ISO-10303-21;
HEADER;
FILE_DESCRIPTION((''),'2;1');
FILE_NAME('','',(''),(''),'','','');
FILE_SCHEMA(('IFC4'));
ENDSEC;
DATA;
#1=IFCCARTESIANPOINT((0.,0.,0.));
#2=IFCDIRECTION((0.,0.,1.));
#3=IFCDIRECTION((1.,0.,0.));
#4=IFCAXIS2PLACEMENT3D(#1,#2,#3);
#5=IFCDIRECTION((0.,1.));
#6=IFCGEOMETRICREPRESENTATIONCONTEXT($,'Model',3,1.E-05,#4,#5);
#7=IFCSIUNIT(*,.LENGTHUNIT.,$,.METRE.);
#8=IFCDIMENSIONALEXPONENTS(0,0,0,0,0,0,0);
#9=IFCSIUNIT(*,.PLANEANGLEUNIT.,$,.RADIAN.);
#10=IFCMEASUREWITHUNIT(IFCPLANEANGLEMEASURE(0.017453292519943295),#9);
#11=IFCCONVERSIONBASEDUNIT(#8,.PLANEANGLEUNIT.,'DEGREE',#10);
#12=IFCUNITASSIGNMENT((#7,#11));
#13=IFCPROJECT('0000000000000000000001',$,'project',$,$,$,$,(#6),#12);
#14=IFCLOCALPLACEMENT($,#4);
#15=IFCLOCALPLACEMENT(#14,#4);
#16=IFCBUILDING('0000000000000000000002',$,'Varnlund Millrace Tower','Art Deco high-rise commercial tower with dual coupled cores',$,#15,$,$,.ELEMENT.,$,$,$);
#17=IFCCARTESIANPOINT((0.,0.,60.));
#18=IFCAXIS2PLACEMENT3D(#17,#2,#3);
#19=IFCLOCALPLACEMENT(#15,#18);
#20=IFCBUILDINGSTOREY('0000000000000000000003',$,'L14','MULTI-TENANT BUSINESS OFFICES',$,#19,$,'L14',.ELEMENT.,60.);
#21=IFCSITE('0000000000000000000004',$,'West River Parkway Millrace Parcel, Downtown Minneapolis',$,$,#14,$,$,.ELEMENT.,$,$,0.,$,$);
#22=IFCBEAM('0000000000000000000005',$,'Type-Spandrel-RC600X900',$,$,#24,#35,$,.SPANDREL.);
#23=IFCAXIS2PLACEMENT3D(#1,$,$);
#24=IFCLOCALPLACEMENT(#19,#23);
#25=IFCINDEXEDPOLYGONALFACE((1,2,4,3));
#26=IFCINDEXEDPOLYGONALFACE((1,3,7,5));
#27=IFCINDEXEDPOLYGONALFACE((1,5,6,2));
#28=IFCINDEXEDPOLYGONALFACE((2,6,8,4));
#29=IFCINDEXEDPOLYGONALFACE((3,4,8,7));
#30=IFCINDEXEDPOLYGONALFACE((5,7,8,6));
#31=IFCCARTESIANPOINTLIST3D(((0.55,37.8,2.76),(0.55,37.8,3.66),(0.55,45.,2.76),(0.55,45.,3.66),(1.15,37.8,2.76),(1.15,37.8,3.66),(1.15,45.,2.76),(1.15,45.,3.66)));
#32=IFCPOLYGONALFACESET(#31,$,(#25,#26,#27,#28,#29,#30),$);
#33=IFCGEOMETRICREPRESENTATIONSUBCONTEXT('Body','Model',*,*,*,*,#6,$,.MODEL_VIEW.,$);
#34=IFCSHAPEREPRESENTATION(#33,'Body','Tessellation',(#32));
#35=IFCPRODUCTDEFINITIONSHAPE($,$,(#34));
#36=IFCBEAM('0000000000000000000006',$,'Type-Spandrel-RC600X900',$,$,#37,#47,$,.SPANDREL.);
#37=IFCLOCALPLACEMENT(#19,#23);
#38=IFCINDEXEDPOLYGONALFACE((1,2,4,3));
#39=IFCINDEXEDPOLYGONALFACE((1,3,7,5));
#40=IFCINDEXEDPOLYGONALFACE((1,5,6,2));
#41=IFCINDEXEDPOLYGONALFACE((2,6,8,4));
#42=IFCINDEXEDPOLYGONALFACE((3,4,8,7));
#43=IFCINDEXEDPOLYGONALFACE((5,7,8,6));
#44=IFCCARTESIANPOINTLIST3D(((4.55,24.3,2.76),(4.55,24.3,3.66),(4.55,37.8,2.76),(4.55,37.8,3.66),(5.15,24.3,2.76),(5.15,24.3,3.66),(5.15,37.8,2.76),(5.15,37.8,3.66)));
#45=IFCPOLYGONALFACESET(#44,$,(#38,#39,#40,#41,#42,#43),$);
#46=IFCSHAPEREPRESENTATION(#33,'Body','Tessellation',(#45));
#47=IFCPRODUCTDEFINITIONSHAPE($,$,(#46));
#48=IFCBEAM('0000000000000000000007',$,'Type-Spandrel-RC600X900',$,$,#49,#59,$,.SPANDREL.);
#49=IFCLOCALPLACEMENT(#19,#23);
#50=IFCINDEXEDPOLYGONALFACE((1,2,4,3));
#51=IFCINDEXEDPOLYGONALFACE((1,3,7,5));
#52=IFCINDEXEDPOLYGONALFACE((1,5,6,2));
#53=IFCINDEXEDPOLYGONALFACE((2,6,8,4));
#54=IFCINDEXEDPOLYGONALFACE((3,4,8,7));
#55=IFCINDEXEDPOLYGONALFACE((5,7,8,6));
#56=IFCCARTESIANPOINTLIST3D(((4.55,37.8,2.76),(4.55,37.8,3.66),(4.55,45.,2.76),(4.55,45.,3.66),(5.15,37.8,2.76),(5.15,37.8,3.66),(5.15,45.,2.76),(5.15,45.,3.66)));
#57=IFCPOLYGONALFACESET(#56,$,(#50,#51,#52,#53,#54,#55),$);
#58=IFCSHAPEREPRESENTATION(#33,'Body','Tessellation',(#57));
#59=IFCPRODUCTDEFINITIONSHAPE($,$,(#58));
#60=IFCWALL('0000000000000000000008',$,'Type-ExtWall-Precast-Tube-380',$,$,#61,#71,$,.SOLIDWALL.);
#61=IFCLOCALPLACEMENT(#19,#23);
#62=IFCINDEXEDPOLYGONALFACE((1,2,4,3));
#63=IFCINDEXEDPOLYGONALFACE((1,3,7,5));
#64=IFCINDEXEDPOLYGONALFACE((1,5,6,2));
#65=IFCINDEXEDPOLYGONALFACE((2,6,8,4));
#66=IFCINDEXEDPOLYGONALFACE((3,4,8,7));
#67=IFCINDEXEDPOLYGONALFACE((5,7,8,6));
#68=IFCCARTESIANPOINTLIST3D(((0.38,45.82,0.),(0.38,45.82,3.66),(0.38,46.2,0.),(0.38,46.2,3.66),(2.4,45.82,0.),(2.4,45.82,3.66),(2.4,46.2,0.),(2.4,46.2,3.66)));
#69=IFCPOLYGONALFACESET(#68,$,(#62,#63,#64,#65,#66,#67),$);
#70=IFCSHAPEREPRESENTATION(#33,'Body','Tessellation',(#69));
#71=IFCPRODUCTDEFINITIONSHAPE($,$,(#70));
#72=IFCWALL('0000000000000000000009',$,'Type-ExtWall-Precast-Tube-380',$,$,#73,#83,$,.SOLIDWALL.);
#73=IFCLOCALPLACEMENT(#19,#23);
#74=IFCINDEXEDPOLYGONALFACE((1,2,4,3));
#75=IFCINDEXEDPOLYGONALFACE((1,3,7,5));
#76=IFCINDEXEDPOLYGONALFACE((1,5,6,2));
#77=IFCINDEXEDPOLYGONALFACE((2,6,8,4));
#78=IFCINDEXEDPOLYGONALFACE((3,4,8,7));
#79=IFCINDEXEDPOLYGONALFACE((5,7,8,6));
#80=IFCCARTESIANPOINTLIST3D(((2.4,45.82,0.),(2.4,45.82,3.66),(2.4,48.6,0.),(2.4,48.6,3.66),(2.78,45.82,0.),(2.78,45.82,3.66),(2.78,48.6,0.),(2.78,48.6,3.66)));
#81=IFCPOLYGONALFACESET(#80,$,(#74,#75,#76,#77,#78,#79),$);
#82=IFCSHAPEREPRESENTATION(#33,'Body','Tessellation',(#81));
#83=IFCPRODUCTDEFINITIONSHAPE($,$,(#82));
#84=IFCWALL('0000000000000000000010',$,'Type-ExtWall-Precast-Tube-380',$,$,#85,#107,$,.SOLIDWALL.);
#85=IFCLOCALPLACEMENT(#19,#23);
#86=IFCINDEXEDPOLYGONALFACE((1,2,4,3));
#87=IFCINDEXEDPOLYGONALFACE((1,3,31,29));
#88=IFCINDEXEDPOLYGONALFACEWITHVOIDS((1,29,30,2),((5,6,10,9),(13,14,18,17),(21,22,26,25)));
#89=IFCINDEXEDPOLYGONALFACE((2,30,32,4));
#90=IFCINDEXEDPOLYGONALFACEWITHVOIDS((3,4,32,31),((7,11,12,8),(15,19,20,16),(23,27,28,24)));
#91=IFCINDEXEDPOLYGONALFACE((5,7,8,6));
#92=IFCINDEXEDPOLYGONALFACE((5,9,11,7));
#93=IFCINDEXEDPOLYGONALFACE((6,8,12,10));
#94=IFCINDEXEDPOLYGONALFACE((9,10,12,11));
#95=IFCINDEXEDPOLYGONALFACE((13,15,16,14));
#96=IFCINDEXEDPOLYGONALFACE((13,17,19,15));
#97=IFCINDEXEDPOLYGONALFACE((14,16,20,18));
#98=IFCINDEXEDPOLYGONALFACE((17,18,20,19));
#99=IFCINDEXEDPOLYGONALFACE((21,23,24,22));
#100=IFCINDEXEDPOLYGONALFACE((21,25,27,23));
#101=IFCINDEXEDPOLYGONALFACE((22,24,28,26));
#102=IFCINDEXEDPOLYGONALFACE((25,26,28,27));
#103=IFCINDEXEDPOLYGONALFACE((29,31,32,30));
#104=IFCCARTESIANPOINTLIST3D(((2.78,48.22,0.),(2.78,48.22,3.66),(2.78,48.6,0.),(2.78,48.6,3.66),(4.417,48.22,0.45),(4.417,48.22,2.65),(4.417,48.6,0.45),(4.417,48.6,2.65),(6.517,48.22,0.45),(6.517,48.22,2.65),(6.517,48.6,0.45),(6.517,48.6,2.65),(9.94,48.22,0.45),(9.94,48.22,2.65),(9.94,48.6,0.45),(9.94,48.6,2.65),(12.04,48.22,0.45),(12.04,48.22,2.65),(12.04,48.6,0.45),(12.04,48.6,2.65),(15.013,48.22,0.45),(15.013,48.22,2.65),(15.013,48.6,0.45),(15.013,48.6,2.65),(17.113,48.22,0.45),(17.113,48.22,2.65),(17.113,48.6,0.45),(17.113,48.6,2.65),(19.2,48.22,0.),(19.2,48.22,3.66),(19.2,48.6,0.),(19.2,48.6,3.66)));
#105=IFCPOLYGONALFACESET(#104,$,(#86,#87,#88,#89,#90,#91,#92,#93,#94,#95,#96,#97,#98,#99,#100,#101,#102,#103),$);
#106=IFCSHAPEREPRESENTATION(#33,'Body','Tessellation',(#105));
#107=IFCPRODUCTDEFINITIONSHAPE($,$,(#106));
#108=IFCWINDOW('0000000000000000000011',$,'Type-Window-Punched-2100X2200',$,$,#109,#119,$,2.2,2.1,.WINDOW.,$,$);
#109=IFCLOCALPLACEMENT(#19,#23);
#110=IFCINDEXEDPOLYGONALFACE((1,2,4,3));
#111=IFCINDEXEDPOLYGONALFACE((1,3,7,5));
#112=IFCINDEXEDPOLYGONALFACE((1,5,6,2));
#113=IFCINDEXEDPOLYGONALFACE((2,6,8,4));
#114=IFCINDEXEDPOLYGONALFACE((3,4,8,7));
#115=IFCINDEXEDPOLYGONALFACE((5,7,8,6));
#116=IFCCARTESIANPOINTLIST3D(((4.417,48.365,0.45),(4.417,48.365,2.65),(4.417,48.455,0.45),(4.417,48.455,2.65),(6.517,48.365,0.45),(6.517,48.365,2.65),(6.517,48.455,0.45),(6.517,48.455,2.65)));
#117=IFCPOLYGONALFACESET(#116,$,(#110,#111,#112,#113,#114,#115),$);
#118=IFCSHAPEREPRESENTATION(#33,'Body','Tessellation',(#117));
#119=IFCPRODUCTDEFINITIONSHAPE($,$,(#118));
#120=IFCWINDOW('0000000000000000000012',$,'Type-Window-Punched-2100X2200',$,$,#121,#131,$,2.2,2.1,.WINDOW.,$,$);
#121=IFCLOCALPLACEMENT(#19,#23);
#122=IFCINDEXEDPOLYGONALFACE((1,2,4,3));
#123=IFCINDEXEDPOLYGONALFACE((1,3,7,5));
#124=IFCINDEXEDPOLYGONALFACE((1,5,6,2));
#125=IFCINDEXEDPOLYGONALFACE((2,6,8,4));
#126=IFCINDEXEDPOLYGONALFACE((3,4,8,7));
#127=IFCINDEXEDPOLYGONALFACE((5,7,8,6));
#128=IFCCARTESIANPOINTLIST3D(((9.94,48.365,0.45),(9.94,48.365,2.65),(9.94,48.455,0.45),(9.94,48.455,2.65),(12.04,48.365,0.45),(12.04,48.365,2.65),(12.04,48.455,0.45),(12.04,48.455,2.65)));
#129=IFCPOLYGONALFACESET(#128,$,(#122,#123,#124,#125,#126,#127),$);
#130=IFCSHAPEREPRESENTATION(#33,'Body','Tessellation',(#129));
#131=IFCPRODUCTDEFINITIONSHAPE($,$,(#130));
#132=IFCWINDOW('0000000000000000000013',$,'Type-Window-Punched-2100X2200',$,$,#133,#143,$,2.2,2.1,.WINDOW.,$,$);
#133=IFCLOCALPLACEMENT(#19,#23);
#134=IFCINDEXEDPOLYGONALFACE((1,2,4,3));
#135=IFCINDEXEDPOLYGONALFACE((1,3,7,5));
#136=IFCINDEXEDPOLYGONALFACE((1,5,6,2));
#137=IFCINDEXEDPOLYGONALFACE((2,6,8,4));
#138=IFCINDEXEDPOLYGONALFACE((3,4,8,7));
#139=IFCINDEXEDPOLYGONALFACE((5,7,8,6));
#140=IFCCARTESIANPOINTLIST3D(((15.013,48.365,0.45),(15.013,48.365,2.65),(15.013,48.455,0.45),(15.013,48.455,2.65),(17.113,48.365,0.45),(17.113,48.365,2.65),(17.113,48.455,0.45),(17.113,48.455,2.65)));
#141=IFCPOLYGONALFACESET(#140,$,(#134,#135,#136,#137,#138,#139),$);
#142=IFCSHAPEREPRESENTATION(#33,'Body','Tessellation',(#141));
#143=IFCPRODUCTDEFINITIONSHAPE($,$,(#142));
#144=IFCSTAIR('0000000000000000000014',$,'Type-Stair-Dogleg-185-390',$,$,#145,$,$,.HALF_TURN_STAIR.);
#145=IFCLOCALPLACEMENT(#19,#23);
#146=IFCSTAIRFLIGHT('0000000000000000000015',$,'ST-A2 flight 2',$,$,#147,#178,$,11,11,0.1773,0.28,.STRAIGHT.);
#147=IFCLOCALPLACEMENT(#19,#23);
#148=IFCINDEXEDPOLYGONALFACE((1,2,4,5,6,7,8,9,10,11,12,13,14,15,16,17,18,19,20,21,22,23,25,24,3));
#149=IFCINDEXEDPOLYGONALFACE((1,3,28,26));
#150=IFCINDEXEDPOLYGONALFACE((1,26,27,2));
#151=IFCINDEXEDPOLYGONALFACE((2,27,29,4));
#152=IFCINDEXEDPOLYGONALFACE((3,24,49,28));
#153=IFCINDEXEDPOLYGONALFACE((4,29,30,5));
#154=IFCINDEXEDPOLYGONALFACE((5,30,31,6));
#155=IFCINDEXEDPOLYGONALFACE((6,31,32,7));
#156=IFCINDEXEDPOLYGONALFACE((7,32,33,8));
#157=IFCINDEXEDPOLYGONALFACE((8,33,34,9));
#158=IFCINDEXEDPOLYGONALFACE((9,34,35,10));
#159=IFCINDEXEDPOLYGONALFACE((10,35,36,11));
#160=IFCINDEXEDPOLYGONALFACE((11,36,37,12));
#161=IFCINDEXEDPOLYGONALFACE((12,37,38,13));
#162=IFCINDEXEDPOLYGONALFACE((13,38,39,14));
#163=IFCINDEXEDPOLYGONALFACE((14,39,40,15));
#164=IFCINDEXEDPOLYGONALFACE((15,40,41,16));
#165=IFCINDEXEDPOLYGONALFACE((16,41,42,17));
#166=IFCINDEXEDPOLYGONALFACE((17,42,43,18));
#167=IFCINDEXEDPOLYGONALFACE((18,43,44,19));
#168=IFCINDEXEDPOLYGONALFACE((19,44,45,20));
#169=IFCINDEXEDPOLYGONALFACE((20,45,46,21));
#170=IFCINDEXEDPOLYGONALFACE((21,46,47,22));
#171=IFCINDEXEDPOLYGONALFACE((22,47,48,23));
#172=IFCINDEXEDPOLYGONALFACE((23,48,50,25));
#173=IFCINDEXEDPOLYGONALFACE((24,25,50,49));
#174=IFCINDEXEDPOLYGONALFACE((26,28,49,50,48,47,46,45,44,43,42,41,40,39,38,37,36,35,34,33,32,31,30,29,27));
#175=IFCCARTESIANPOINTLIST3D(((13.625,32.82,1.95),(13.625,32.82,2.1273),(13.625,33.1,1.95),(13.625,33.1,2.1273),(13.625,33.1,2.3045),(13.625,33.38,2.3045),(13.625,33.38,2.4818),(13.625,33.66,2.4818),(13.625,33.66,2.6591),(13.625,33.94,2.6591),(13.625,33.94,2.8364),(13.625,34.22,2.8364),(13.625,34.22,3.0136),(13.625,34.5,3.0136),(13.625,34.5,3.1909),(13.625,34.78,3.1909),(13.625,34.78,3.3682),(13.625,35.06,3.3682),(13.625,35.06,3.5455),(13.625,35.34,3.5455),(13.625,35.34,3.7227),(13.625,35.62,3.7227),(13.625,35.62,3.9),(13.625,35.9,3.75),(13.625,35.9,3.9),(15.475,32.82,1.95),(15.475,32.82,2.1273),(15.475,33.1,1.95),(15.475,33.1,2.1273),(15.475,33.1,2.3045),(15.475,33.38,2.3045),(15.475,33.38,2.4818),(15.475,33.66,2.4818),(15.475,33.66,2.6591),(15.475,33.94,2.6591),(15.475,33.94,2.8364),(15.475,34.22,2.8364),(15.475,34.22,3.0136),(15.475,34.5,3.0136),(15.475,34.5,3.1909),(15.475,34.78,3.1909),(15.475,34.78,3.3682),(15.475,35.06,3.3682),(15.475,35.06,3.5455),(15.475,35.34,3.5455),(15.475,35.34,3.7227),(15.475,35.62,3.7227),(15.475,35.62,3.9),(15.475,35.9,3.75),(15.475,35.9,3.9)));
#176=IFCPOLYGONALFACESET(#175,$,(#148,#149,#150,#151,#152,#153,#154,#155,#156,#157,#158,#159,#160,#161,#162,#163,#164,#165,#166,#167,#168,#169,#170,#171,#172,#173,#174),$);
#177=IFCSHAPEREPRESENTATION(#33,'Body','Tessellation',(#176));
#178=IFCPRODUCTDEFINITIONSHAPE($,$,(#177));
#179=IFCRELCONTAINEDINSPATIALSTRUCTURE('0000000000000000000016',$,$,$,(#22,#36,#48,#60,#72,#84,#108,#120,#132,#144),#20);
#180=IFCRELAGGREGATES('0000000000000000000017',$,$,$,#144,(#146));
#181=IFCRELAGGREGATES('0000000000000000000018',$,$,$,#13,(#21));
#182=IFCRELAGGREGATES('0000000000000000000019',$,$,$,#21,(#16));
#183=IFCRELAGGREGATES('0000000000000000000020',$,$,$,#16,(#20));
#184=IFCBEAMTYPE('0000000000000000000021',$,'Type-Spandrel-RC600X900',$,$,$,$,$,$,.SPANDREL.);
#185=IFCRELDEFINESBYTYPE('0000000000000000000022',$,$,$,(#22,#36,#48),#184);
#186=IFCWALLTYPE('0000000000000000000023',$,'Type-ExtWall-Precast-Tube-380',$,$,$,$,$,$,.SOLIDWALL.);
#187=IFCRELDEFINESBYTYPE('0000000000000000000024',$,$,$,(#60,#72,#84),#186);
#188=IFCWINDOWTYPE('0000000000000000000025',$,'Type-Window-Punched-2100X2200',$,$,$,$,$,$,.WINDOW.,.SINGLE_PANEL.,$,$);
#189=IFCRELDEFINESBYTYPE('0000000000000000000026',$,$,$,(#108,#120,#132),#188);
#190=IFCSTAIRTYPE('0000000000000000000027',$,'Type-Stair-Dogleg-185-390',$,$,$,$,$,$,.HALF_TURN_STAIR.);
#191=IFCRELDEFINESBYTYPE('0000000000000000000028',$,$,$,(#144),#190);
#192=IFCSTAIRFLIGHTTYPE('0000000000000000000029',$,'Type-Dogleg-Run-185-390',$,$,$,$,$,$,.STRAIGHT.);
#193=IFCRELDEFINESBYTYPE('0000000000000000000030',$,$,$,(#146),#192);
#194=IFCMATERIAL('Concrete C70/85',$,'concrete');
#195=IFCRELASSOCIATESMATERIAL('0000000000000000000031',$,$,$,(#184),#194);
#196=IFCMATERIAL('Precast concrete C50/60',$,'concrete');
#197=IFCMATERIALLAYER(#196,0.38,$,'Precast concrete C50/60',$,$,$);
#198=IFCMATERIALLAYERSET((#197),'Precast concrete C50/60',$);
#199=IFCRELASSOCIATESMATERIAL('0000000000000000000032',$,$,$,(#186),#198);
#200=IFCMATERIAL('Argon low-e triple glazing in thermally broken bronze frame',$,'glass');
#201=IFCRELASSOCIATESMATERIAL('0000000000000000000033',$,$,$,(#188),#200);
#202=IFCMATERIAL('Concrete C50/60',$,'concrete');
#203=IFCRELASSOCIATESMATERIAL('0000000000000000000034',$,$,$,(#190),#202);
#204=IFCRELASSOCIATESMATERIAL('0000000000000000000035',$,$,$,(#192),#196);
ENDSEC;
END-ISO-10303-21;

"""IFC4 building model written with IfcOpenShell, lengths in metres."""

from ifc_helpers import new_model, entity, si_unit, converted_unit, direction, frame, origin_with_axes, origin_2d_with_axis, place, context, subcontext, project, spatial, polyline, rectangle, outline, extrude, material, layer, layer_set, material_profile, profile_set, type_object, element, fill, aggregate, save


model = new_model("IFC4")

# Units and contexts
model_context = context("Model", 3, precision=1e-05, world=origin_with_axes(), true_north=direction((0.0, 1.0)))
body_context = subcontext(model_context, "Body", "Model", "MODEL_VIEW")
ifc_project = project(units=[si_unit("LENGTHUNIT", "METRE"), converted_unit("PLANEANGLEUNIT", "DEGREE", entity("IfcPlaneAngleMeasure", 0.017453292519943295), si_unit("PLANEANGLEUNIT", "RADIAN"), dimensions=[0, 0, 0, 0, 0, 0, 0])], contexts=[model_context])

# Site, building, storey
site_placement = place(None, origin_with_axes())
site = spatial("IfcSite", under=ifc_project, at=site_placement, Name="West River Parkway Millrace Parcel, Downtown Minneapolis", CompositionType="ELEMENT", RefElevation=0.0)
building_placement = place(site_placement, origin_with_axes())
building = spatial("IfcBuilding", under=site, at=building_placement, Name="Varnlund Millrace Tower", Description="Art Deco high-rise commercial tower with dual coupled cores", CompositionType="ELEMENT")
storey_placement = place(building_placement, frame((0.0, 0.0, 60.0), z_axis=(0.0, 0.0, 1.0), x_axis=(1.0, 0.0, 0.0)))
storey = spatial("IfcBuildingStorey", under=building, at=storey_placement, Name="L14", Description="MULTI-TENANT BUSINESS OFFICES", LongName="L14", CompositionType="ELEMENT", Elevation=60.0)

# Beams
ifc_material_1 = material(Name="Concrete C70/85", Category="concrete")
ifc_material_profile_1 = material_profile(ifc_material_1, rectangle(XDim=0.6, YDim=0.9, at=origin_2d_with_axis()), Name="Concrete C70/85")
ifc_profile_set_1 = profile_set([ifc_material_profile_1], Name="Concrete C70/85")
beam_type_1 = type_object("IfcBeamType", Name="Type-Spandrel-RC600X900", PredefinedType="SPANDREL", material=ifc_profile_set_1)
beam_1_placement = place(storey_placement, frame((0.85, 37.8, 3.21), z_axis=(0.0, 1.0, 0.0), x_axis=(-1.0, 0.0, 0.0)))
element("IfcBeam", 1, at=beam_1_placement, inside=storey, type_object=beam_type_1, Name="Type-Spandrel-RC600X900", PredefinedType="SPANDREL", context=body_context, shape_type="SweptSolid", body=[
    extrude(rectangle(XDim=0.6, YDim=0.9, at=origin_2d_with_axis()), origin_with_axes(), (0.0, 0.0, 1.0), 7.2),
])
beam_2_placement = place(storey_placement, frame((4.85, 24.3, 3.21), z_axis=(0.0, 1.0, 0.0), x_axis=(-1.0, 0.0, 0.0)))
element("IfcBeam", 2, at=beam_2_placement, inside=storey, type_object=beam_type_1, Name="Type-Spandrel-RC600X900", PredefinedType="SPANDREL", context=body_context, shape_type="SweptSolid", body=[
    extrude(rectangle(XDim=0.6, YDim=0.9, at=origin_2d_with_axis()), origin_with_axes(), (0.0, 0.0, 1.0), 13.5),
])
beam_3_placement = place(storey_placement, frame((4.85, 37.8, 3.21), z_axis=(0.0, 1.0, 0.0), x_axis=(-1.0, 0.0, 0.0)))
element("IfcBeam", 3, at=beam_3_placement, inside=storey, type_object=beam_type_1, Name="Type-Spandrel-RC600X900", PredefinedType="SPANDREL", context=body_context, shape_type="SweptSolid", body=[
    extrude(rectangle(XDim=0.6, YDim=0.9, at=origin_2d_with_axis()), origin_with_axes(), (0.0, 0.0, 1.0), 7.2),
])

# Walls
ifc_material_2 = material(Name="Precast concrete C50/60", Category="concrete")
ifc_layer = layer(ifc_material_2, 0.38, Name="Precast concrete C50/60")
ifc_layer_set = layer_set([ifc_layer], Name="Precast concrete C50/60")
wall_type = type_object("IfcWallType", Name="Type-ExtWall-Precast-Tube-380", PredefinedType="SOLIDWALL", material=ifc_layer_set)
wall_1_placement = place(storey_placement, frame((0.38, 46.01, 0.0), z_axis=(0.0, 0.0, 1.0), x_axis=(1.0, 0.0, 0.0)))
element("IfcWall", 4, at=wall_1_placement, inside=storey, type_object=wall_type, Name="Type-ExtWall-Precast-Tube-380", PredefinedType="SOLIDWALL", context=body_context, shape_type="SweptSolid", body=[
    extrude(outline(polyline([(0.0, -0.19), (2.02, -0.19), (2.02, 0.19), (0.0, 0.19), (0.0, -0.19)])), origin_with_axes(), (0.0, 0.0, 1.0), 3.66),
])
wall_2_placement = place(storey_placement, frame((2.59, 45.82, 0.0), z_axis=(0.0, 0.0, 1.0), x_axis=(0.0, 1.0, 0.0)))
element("IfcWall", 5, at=wall_2_placement, inside=storey, type_object=wall_type, Name="Type-ExtWall-Precast-Tube-380", PredefinedType="SOLIDWALL", context=body_context, shape_type="SweptSolid", body=[
    extrude(outline(polyline([(0.0, -0.19), (2.78, -0.19), (2.78, 0.19), (0.0, 0.19), (0.0, -0.19)])), origin_with_axes(), (0.0, 0.0, 1.0), 3.66),
])

# Wall, openings, windows
wall_3_placement = place(storey_placement, frame((2.78, 48.41, 0.0), z_axis=(0.0, 0.0, 1.0), x_axis=(1.0, 0.0, 0.0)))
wall_3 = element("IfcWall", 6, at=wall_3_placement, inside=storey, type_object=wall_type, Name="Type-ExtWall-Precast-Tube-380", PredefinedType="SOLIDWALL", context=body_context, shape_type="SweptSolid", body=[
    extrude(outline(polyline([(0.0, -0.19), (16.42, -0.19), (16.42, 0.19), (0.0, 0.19), (0.0, -0.19)])), origin_with_axes(), (0.0, 0.0, 1.0), 3.66),
])
opening_1_placement = place(wall_3_placement, frame((2.687, 0.0, 0.45), z_axis=(0.0, 0.0, 1.0), x_axis=(1.0, 0.0, 0.0)))
opening_1 = element("IfcOpeningElement", 7, at=opening_1_placement, cuts=wall_3, PredefinedType="OPENING", context=body_context, shape_type="SweptSolid", body=[
    extrude(rectangle(XDim=2.1, YDim=0.4, at=origin_2d_with_axis()), origin_with_axes(), (0.0, 0.0, 1.0), 2.2),
])
opening_2_placement = place(wall_3_placement, frame((8.21, 0.0, 0.45), z_axis=(0.0, 0.0, 1.0), x_axis=(1.0, 0.0, 0.0)))
opening_2 = element("IfcOpeningElement", 8, at=opening_2_placement, cuts=wall_3, PredefinedType="OPENING", context=body_context, shape_type="SweptSolid", body=[
    extrude(rectangle(XDim=2.1, YDim=0.4, at=origin_2d_with_axis()), origin_with_axes(), (0.0, 0.0, 1.0), 2.2),
])
opening_3_placement = place(wall_3_placement, frame((13.283, 0.0, 0.45), z_axis=(0.0, 0.0, 1.0), x_axis=(1.0, 0.0, 0.0)))
opening_3 = element("IfcOpeningElement", 9, at=opening_3_placement, cuts=wall_3, PredefinedType="OPENING", context=body_context, shape_type="SweptSolid", body=[
    extrude(rectangle(XDim=2.1, YDim=0.4, at=origin_2d_with_axis()), origin_with_axes(), (0.0, 0.0, 1.0), 2.2),
])
ifc_material_3 = material(Name="Argon low-e triple glazing in thermally broken bronze frame", Category="glass")
window_type = type_object("IfcWindowType", Name="Type-Window-Punched-2100X2200", PartitioningType="SINGLE_PANEL", PredefinedType="WINDOW", material=ifc_material_3)
window_1_placement = place(wall_3_placement, frame((2.687, 0.0, 0.45), z_axis=(0.0, 0.0, 1.0), x_axis=(1.0, 0.0, 0.0)))
window_1 = element("IfcWindow", 10, at=window_1_placement, inside=storey, type_object=window_type, Name="Type-Window-Punched-2100X2200", OverallHeight=2.2, OverallWidth=2.1, PredefinedType="WINDOW", context=body_context, shape_type="SweptSolid", body=[
    extrude(rectangle(XDim=2.1, YDim=0.09, at=origin_2d_with_axis()), origin_with_axes(), (0.0, 0.0, 1.0), 2.2),
])
fill(opening_1, window_1)
window_2_placement = place(wall_3_placement, frame((8.21, 0.0, 0.45), z_axis=(0.0, 0.0, 1.0), x_axis=(1.0, 0.0, 0.0)))
window_2 = element("IfcWindow", 11, at=window_2_placement, inside=storey, type_object=window_type, Name="Type-Window-Punched-2100X2200", OverallHeight=2.2, OverallWidth=2.1, PredefinedType="WINDOW", context=body_context, shape_type="SweptSolid", body=[
    extrude(rectangle(XDim=2.1, YDim=0.09, at=origin_2d_with_axis()), origin_with_axes(), (0.0, 0.0, 1.0), 2.2),
])
fill(opening_2, window_2)
window_3_placement = place(wall_3_placement, frame((13.283, 0.0, 0.45), z_axis=(0.0, 0.0, 1.0), x_axis=(1.0, 0.0, 0.0)))
window_3 = element("IfcWindow", 12, at=window_3_placement, inside=storey, type_object=window_type, Name="Type-Window-Punched-2100X2200", OverallHeight=2.2, OverallWidth=2.1, PredefinedType="WINDOW", context=body_context, shape_type="SweptSolid", body=[
    extrude(rectangle(XDim=2.1, YDim=0.09, at=origin_2d_with_axis()), origin_with_axes(), (0.0, 0.0, 1.0), 2.2),
])
fill(opening_3, window_3)

# Stair, stair flight
ifc_material_4 = material(Name="Concrete C50/60", Category="concrete")
stair_type = type_object("IfcStairType", Name="Type-Stair-Dogleg-185-390", PredefinedType="HALF_TURN_STAIR", material=ifc_material_4)
stair_placement = place(storey_placement, origin_with_axes())
stair = element("IfcStair", 13, at=stair_placement, inside=storey, type_object=stair_type, Name="Type-Stair-Dogleg-185-390", PredefinedType="HALF_TURN_STAIR")
stair_flight_type = type_object("IfcStairFlightType", Name="Type-Dogleg-Run-185-390", PredefinedType="STRAIGHT", material=ifc_material_2)
stair_flight_placement = place(storey_placement, frame((13.625, 32.82, 1.95), z_axis=(1.0, 0.0, 0.0), x_axis=(0.0, 1.0, 0.0)))
stair_flight = element("IfcStairFlight", 14, at=stair_flight_placement, type_object=stair_flight_type, Name="ST-A2 flight 2", NumberOfRisers=11, NumberOfTreads=11, PredefinedType="STRAIGHT", RiserHeight=0.1773, TreadLength=0.28, context=body_context, shape_type="SweptSolid", body=[
    extrude(outline(polyline([(0.0, 0.0), (0.0, 0.1773), (0.28, 0.1773), (0.28, 0.3545), (0.56, 0.3545), (0.56, 0.5318), (0.84, 0.5318), (0.84, 0.7091), (1.12, 0.7091), (1.12, 0.8864), (1.4, 0.8864), (1.4, 1.0636), (1.68, 1.0636), (1.68, 1.2409), (1.96, 1.2409), (1.96, 1.4182), (2.24, 1.4182), (2.24, 1.5955), (2.52, 1.5955), (2.52, 1.7727), (2.8, 1.7727), (2.8, 1.95), (3.08, 1.95), (3.08, 1.8), (0.28, 0.0), (0.0, 0.0)])), origin_with_axes(), (0.0, 0.0, 1.0), 1.85),
])
aggregate(stair, [stair_flight])

save(model, "model.ifc")
